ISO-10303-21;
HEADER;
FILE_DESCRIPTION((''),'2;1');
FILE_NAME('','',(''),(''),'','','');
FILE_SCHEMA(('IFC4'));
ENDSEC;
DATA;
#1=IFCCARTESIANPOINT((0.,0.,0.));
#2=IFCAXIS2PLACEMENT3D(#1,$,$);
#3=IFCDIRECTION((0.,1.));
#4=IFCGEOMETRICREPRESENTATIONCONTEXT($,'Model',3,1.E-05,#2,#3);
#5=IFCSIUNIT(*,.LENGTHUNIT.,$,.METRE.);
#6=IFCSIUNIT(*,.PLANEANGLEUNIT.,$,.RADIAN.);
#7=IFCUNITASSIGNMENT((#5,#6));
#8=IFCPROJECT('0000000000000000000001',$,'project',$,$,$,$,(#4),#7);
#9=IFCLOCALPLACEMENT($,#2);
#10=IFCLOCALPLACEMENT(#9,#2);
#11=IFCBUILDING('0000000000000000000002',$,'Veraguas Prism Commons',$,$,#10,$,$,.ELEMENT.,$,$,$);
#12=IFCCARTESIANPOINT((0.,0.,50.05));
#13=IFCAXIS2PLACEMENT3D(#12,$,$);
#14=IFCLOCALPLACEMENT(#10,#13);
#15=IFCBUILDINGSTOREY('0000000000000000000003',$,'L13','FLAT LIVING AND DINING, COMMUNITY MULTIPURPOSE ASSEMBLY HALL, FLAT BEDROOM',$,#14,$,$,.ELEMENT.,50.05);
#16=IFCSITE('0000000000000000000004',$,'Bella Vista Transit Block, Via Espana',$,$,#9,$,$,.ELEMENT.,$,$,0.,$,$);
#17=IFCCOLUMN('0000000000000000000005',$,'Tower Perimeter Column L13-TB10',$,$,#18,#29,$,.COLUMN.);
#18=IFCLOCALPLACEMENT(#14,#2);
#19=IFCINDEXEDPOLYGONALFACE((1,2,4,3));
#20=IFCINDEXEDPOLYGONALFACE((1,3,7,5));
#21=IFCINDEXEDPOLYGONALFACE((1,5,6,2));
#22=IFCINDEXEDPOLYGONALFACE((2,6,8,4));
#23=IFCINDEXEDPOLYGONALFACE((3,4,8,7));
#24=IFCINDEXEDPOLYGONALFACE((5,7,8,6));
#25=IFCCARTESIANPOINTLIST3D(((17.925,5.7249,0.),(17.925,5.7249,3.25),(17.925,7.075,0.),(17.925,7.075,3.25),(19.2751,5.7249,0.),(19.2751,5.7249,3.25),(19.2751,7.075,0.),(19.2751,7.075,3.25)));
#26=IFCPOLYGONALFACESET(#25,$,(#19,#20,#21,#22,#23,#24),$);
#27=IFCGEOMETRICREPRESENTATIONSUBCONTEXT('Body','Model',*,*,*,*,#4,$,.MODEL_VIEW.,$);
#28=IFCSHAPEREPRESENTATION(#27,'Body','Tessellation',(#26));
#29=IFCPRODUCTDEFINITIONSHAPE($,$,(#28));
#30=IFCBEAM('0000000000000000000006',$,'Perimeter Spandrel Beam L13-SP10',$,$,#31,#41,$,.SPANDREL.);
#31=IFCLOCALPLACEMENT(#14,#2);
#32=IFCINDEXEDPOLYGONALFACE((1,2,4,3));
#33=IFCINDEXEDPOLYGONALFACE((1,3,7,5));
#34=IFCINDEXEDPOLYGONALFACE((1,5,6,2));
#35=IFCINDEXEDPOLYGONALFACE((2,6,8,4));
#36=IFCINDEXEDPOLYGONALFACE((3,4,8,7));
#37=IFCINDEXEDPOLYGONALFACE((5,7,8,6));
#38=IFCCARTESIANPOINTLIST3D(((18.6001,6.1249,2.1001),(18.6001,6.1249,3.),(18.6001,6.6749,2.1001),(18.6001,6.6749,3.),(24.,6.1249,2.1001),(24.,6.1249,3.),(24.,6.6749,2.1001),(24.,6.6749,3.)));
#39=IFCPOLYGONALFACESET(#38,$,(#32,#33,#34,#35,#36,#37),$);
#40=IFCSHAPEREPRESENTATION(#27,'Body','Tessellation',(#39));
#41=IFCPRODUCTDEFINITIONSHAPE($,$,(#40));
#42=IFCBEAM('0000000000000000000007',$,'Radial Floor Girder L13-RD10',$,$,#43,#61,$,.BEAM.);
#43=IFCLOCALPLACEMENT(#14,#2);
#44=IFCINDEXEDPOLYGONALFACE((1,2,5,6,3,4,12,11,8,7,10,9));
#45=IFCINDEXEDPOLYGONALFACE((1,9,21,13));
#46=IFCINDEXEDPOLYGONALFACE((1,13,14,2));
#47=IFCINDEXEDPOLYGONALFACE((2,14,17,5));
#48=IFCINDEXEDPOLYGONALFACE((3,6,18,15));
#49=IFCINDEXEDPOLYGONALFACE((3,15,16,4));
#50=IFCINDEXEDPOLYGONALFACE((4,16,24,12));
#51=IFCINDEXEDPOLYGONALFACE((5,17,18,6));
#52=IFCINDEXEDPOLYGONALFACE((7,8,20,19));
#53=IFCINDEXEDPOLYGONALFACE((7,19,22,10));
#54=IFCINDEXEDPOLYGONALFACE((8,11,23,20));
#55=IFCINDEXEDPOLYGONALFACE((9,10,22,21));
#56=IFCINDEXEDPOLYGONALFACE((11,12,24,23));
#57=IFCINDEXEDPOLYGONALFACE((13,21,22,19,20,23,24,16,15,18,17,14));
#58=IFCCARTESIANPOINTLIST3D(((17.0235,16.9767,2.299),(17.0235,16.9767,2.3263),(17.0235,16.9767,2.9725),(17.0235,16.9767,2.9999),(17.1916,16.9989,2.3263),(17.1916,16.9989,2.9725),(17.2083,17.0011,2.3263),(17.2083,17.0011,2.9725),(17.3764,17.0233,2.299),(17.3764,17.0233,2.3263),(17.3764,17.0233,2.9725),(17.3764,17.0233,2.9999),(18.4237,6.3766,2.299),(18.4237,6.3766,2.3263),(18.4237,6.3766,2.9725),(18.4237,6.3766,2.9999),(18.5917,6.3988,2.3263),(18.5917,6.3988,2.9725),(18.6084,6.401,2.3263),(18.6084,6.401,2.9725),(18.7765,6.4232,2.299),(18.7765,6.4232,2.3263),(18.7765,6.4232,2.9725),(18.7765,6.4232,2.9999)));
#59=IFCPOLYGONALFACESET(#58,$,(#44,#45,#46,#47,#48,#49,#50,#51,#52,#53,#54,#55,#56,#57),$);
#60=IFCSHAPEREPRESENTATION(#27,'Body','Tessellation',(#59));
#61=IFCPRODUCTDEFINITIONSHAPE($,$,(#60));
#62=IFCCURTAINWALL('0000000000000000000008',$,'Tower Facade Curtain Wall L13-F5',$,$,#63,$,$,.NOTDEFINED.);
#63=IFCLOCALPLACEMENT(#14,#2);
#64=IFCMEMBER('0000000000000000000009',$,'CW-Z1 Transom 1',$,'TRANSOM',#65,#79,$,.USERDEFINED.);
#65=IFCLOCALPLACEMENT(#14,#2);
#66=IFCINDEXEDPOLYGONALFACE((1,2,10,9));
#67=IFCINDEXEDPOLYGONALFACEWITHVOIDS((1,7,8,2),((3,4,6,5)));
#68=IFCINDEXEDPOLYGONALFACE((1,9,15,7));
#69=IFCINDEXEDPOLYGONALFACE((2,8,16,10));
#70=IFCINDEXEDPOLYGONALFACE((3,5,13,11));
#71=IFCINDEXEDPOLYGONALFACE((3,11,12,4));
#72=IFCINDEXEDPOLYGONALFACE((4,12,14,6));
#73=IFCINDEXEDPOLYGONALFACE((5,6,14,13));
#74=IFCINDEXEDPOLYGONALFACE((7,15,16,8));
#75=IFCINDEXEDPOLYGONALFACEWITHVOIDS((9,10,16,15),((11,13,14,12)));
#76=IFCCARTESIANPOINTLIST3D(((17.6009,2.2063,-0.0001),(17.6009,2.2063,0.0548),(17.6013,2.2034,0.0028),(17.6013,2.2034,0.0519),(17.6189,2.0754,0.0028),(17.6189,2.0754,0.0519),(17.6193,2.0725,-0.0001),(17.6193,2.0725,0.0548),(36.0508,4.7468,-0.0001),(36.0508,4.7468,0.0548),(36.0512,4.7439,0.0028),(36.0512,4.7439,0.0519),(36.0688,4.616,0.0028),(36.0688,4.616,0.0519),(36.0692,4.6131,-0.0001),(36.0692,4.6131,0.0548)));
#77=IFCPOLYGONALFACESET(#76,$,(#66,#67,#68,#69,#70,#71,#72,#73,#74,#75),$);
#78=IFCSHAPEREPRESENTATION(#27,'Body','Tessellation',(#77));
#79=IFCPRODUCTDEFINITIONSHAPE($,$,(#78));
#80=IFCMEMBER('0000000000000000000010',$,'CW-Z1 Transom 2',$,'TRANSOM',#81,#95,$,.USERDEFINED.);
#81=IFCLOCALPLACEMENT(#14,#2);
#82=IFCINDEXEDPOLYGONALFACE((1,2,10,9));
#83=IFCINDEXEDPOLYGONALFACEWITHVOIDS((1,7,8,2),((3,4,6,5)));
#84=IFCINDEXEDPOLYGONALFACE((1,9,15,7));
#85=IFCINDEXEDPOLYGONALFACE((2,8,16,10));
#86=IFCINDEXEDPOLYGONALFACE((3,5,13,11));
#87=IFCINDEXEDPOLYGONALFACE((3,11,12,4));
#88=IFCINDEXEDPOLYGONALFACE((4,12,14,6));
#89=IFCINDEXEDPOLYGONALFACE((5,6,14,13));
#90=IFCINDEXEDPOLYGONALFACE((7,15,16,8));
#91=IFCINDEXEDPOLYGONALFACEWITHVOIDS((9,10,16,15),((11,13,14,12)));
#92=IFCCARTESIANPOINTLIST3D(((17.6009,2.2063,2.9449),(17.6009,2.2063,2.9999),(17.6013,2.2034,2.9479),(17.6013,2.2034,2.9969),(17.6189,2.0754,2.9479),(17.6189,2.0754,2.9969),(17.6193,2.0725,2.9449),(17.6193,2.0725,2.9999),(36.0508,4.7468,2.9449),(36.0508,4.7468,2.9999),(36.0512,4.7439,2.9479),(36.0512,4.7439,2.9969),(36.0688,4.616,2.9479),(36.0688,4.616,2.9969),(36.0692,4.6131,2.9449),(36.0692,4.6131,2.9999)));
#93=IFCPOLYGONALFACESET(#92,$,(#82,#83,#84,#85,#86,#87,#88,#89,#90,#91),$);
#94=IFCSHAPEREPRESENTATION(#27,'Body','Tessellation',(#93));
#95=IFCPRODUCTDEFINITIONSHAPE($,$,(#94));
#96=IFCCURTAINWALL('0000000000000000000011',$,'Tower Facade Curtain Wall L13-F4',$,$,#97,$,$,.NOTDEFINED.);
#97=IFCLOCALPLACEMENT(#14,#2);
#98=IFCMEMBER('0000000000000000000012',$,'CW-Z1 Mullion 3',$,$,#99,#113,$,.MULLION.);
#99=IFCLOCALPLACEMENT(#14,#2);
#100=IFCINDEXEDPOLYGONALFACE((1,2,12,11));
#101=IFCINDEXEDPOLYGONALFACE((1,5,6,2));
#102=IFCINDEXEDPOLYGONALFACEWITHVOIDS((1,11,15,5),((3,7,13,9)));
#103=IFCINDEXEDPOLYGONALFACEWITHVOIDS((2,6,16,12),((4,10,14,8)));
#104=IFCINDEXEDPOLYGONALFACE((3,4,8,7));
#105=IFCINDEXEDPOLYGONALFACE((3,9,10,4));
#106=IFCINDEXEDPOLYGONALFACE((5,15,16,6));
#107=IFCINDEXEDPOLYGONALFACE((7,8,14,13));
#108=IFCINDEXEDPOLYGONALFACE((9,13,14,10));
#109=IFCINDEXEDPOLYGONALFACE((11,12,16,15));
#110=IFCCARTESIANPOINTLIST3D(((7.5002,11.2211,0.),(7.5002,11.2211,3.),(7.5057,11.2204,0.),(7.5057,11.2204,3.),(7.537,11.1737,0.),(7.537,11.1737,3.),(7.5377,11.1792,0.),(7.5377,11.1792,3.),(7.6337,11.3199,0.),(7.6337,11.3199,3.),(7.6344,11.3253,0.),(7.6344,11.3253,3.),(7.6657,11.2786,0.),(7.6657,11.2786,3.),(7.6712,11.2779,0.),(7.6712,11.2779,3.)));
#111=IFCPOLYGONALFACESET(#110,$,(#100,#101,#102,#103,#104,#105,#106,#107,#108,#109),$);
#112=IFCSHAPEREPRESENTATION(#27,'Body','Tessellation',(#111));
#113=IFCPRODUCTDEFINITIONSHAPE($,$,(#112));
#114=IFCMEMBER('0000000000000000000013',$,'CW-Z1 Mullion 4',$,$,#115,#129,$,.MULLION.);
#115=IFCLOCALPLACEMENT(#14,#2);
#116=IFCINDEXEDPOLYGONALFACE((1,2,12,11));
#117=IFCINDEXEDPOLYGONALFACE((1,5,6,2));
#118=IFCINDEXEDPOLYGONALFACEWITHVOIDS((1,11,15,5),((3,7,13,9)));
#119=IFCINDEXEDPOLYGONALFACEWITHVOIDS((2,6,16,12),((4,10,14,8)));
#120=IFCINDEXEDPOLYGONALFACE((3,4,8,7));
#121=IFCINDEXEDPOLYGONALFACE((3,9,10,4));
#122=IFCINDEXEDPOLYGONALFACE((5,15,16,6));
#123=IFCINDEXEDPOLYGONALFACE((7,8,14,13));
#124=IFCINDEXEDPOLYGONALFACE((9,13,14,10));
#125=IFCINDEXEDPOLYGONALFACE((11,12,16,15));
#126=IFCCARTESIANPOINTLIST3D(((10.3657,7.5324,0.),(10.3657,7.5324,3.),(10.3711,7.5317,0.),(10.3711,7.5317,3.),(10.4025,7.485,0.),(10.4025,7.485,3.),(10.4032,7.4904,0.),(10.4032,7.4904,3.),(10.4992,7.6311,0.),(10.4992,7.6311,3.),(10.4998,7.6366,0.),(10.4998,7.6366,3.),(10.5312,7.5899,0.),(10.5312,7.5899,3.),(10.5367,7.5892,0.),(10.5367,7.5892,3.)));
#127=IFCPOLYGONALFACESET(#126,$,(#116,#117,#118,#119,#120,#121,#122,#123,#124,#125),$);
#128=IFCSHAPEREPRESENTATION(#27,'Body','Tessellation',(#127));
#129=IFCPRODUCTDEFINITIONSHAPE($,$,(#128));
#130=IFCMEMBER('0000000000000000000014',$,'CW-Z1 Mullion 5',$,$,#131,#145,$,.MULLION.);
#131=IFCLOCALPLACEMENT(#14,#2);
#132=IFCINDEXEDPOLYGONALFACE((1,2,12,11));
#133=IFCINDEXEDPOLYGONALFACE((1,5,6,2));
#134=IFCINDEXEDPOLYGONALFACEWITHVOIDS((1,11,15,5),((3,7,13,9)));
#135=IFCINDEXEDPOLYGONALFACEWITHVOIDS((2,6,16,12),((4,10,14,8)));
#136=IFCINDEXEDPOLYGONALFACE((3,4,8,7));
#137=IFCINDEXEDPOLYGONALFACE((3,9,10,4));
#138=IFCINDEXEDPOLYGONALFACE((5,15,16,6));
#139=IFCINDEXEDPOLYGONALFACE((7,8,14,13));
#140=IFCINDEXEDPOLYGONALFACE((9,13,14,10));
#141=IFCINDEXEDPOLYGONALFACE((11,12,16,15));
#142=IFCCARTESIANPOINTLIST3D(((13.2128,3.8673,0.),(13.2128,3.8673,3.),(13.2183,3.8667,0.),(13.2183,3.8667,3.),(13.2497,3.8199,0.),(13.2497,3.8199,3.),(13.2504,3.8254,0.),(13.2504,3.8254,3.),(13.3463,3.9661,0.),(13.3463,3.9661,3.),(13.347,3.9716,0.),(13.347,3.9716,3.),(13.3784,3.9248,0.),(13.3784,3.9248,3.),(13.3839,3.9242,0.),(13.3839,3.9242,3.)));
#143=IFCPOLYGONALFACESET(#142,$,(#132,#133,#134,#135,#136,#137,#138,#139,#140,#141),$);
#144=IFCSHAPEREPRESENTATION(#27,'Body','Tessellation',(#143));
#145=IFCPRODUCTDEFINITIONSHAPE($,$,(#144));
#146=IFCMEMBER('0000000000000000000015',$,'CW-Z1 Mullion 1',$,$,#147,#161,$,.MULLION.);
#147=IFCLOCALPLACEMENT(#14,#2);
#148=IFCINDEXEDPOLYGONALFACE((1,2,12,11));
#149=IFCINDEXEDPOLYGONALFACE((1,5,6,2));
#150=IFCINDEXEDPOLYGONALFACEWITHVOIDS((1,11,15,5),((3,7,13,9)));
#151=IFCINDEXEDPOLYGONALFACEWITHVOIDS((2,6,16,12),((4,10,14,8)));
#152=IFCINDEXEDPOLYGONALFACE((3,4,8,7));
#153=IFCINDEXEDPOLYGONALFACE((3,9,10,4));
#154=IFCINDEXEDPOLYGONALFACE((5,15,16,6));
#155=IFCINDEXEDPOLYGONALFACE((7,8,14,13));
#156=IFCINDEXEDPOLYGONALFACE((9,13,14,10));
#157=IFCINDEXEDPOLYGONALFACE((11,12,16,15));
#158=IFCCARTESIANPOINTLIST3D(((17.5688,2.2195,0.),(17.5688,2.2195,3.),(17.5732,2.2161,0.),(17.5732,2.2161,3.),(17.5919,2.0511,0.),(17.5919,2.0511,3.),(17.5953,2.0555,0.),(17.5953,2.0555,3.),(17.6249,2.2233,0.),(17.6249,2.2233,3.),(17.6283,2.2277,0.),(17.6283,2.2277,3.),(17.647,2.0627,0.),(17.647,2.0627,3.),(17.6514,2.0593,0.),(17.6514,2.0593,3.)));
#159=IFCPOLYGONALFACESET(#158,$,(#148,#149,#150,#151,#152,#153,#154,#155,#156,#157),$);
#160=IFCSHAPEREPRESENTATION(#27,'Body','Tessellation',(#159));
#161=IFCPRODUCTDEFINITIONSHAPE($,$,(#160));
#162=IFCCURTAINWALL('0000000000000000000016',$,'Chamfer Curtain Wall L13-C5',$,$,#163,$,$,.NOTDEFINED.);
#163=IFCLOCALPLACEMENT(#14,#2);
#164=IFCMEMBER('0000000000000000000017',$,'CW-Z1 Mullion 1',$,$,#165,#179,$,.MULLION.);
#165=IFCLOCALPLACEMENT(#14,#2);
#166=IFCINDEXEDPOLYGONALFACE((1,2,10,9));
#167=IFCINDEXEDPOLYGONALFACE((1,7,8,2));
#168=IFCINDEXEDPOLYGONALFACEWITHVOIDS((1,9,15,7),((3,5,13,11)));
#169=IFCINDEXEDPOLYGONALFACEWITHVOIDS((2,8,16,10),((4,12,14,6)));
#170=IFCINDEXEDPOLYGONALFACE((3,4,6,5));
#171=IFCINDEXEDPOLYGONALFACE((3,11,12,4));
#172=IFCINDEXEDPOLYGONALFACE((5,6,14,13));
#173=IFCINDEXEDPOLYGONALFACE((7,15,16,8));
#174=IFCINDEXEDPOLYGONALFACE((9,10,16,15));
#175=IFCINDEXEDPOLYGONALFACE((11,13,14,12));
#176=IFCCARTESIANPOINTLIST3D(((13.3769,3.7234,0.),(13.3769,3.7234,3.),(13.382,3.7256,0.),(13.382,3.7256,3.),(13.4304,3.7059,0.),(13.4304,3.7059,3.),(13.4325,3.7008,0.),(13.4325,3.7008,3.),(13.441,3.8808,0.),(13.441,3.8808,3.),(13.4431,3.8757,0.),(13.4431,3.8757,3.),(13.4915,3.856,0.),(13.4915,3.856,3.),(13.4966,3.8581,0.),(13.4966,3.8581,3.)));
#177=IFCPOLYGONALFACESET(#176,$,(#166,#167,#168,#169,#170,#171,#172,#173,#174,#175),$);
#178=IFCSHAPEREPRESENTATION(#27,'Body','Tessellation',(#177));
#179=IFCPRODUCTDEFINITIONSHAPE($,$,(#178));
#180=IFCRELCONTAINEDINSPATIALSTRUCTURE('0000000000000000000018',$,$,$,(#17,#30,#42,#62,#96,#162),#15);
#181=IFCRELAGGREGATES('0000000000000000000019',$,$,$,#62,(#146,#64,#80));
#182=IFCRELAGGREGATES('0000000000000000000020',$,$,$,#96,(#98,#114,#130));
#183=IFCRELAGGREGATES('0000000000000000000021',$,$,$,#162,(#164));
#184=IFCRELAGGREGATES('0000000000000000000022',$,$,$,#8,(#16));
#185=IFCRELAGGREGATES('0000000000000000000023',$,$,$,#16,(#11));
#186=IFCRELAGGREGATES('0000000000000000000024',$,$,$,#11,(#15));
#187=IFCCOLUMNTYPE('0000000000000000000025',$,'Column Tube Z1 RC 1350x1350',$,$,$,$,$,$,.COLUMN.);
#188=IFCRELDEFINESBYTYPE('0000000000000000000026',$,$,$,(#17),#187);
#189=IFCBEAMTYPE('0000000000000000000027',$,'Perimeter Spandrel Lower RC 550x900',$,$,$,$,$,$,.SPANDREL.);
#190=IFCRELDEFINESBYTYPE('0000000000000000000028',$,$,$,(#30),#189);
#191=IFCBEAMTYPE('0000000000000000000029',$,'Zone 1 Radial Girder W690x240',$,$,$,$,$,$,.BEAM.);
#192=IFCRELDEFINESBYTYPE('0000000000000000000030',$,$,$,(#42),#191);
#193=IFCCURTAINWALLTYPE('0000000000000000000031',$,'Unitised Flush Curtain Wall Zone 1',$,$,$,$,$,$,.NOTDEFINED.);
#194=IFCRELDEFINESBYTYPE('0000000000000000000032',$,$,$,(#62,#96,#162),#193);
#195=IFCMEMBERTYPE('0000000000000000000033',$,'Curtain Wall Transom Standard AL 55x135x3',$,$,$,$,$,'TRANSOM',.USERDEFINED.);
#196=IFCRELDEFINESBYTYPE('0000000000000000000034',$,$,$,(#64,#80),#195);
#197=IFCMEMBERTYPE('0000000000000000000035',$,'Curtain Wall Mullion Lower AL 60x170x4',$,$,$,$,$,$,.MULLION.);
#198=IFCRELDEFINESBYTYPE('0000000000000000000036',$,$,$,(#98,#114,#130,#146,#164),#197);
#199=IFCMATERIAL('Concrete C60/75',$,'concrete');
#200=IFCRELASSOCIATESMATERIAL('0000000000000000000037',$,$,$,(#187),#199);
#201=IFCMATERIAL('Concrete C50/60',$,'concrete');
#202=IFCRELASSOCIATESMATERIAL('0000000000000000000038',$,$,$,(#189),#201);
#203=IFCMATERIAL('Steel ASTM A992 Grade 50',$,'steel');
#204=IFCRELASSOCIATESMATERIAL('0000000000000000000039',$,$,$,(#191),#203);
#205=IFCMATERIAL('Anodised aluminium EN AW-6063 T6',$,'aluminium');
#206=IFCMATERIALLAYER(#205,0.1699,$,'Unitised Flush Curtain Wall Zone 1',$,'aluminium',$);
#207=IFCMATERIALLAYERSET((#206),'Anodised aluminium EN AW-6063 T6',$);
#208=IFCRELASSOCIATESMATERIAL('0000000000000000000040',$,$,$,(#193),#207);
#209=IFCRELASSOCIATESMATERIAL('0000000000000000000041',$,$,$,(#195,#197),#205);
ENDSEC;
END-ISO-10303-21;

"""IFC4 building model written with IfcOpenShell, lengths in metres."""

from ifc_helpers import new_model, si_unit, direction, frame, origin, origin_2d, place, context, subcontext, project, spatial, rectangle, hollow_rectangle, i_section, extrude, source, transform, mapped, material, layer, layer_set, material_profile, profile_set, type_object, element, aggregate, save


model = new_model("IFC4")

# Units and contexts
model_context = context("Model", 3, precision=1e-05, world=origin(), true_north=direction((0.0, 1.0)))
body_context = subcontext(model_context, "Body", "Model", "MODEL_VIEW")
ifc_project = project(units=[si_unit("LENGTHUNIT", "METRE"), si_unit("PLANEANGLEUNIT", "RADIAN")], contexts=[model_context])

# Site, building, storey
site_placement = place(None, origin())
site = spatial("IfcSite", under=ifc_project, at=site_placement, Name="Bella Vista Transit Block, Via Espana", CompositionType="ELEMENT", RefElevation=0.0)
building_placement = place(site_placement, origin())
building = spatial("IfcBuilding", under=site, at=building_placement, Name="Veraguas Prism Commons", CompositionType="ELEMENT")
storey_placement = place(building_placement, frame((0.0, 0.0, 50.05)))
storey = spatial("IfcBuildingStorey", under=building, at=storey_placement, Name="L13", Description="FLAT LIVING AND DINING, COMMUNITY MULTIPURPOSE ASSEMBLY HALL, FLAT BEDROOM", CompositionType="ELEMENT", Elevation=50.05)

# Column
ifc_material_1 = material(Name="Concrete C60/75", Category="concrete")
ifc_material_profile_1 = material_profile(ifc_material_1, rectangle(XDim=1.3501, YDim=1.3501, at=origin_2d()), Name="RC1350X1350")
ifc_profile_set_1 = profile_set([ifc_material_profile_1], Name="Concrete C60/75")
column_type = type_object("IfcColumnType", Name="Column Tube Z1 RC 1350x1350", PredefinedType="COLUMN", material=ifc_profile_set_1)
column_placement = place(storey_placement, frame((18.6001, 6.3999, 0.0), z_axis=(0.0, 0.0, 1.0), x_axis=(1.0, 0.0, 0.0)))
element("IfcColumn", 1, at=column_placement, inside=storey, type_object=column_type, Name="Tower Perimeter Column L13-TB10", PredefinedType="COLUMN", context=body_context, shape_type="SweptSolid", body=[
    extrude(rectangle(XDim=1.3501, YDim=1.3501, at=origin_2d()), origin(), (0.0, 0.0, 1.0), 3.25),
])

# Beams
ifc_material_2 = material(Name="Concrete C50/60", Category="concrete")
ifc_material_profile_2 = material_profile(ifc_material_2, rectangle(XDim=0.55, YDim=0.8999, at=origin_2d()), Name="RC550X900")
ifc_profile_set_2 = profile_set([ifc_material_profile_2], Name="Concrete C50/60")
beam_type_1 = type_object("IfcBeamType", Name="Perimeter Spandrel Lower RC 550x900", PredefinedType="SPANDREL", material=ifc_profile_set_2)
beam_1_placement = place(storey_placement, frame((18.6001, 6.3999, 2.55), z_axis=(1.0, 0.0, 0.0), x_axis=(0.0, 1.0, 0.0)))
element("IfcBeam", 2, at=beam_1_placement, inside=storey, type_object=beam_type_1, Name="Perimeter Spandrel Beam L13-SP10", PredefinedType="SPANDREL", context=body_context, shape_type="SweptSolid", body=[
    extrude(rectangle(XDim=0.55, YDim=0.8999, at=origin_2d()), origin(), (0.0, 0.0, 1.0), 5.3999),
])
ifc_material_3 = material(Name="Steel ASTM A992 Grade 50", Category="steel")
ifc_material_profile_3 = material_profile(ifc_material_3, i_section(OverallWidth=0.356, OverallDepth=0.7009, WebThickness=0.0168, FlangeThickness=0.0273, at=origin_2d()), Name="W690X240")
ifc_profile_set_3 = profile_set([ifc_material_profile_3], Name="Steel ASTM A992 Grade 50")
beam_type_2 = type_object("IfcBeamType", Name="Zone 1 Radial Girder W690x240", PredefinedType="BEAM", material=ifc_profile_set_3)
beam_2_placement = place(storey_placement, frame((18.6001, 6.3999, 2.6494), z_axis=(-0.130951, 0.991389, 0.0), x_axis=(-0.991389, -0.130951, 0.0)))
element("IfcBeam", 3, at=beam_2_placement, inside=storey, type_object=beam_type_2, Name="Radial Floor Girder L13-RD10", PredefinedType="BEAM", context=body_context, shape_type="SweptSolid", body=[
    extrude(i_section(OverallWidth=0.356, OverallDepth=0.7009, WebThickness=0.0168, FlangeThickness=0.0273, at=origin_2d()), origin(), (0.0, 0.0, 1.0), 10.6921),
])

# Curtain walls, members
ifc_material_4 = material(Name="Anodised aluminium EN AW-6063 T6", Category="aluminium")
ifc_layer_1 = layer(ifc_material_4, 0.1699, Name="Unitised Flush Curtain Wall Zone 1", Category="aluminium")
ifc_layer_set_1 = layer_set([ifc_layer_1], Name="Anodised aluminium EN AW-6063 T6")
curtain_wall_type = type_object("IfcCurtainWallType", Name="Unitised Flush Curtain Wall Zone 1", PredefinedType="NOTDEFINED", material=ifc_layer_set_1)
curtain_wall_1_placement = place(storey_placement, origin())
curtain_wall_1 = element("IfcCurtainWall", 4, at=curtain_wall_1_placement, inside=storey, type_object=curtain_wall_type, Name="Tower Facade Curtain Wall L13-F5", PredefinedType="NOTDEFINED")
ifc_material_profile_4 = material_profile(ifc_material_4, hollow_rectangle(XDim=0.0549, YDim=0.135, WallThickness=0.0029, at=origin_2d()), Name="AL55X135X3")
ifc_profile_set_4 = profile_set([ifc_material_profile_4], Name="Anodised aluminium EN AW-6063 T6")
member_type_1 = type_object("IfcMemberType", Name="Curtain Wall Transom Standard AL 55x135x3", ElementType="TRANSOM", PredefinedType="USERDEFINED", material=ifc_profile_set_4)
shared_shape_1 = source(origin(), body_context, "Body", "SweptSolid", [
    extrude(hollow_rectangle(XDim=0.0549, YDim=0.135, WallThickness=0.0029, at=origin_2d()), origin(), (0.0, 0.0, 1.0), 18.624),
])
member_1_placement = place(storey_placement, frame((17.6101, 2.1394, 0.0273), z_axis=(0.990652, 0.136411, 0.0), x_axis=(0.0, 0.0, 1.0)))
member_1 = element("IfcMember", 5, at=member_1_placement, type_object=member_type_1, Name="CW-Z1 Transom 1", ObjectType="TRANSOM", PredefinedType="USERDEFINED", context=body_context, shape_type="MappedRepresentation", body=[
    mapped(shared_shape_1, transform((0.0, 0.0, 0.0), scale=1.0)),
])
member_2_placement = place(storey_placement, frame((17.6101, 2.1394, 2.9724), z_axis=(0.990652, 0.136411, 0.0), x_axis=(0.0, 0.0, 1.0)))
member_2 = element("IfcMember", 6, at=member_2_placement, type_object=member_type_1, Name="CW-Z1 Transom 2", ObjectType="TRANSOM", PredefinedType="USERDEFINED", context=body_context, shape_type="MappedRepresentation", body=[
    mapped(shared_shape_1, transform((0.0, 0.0, 0.0), scale=1.0)),
])
curtain_wall_2_placement = place(storey_placement, origin())
curtain_wall_2 = element("IfcCurtainWall", 7, at=curtain_wall_2_placement, inside=storey, type_object=curtain_wall_type, Name="Tower Facade Curtain Wall L13-F4", PredefinedType="NOTDEFINED")
ifc_material_profile_5 = material_profile(ifc_material_4, hollow_rectangle(XDim=0.0601, YDim=0.1699, WallThickness=0.0039, at=origin_2d()), Name="AL60X170X4")
ifc_profile_set_5 = profile_set([ifc_material_profile_5], Name="Anodised aluminium EN AW-6063 T6")
member_type_2 = type_object("IfcMemberType", Name="Curtain Wall Mullion Lower AL 60x170x4", PredefinedType="MULLION", material=ifc_profile_set_5)
shared_shape_2 = source(origin(), body_context, "Body", "SweptSolid", [
    extrude(hollow_rectangle(XDim=0.0601, YDim=0.1699, WallThickness=0.0039, at=origin_2d()), origin(), (0.0, 0.0, 1.0), 3.0),
])
member_3_placement = place(storey_placement, frame((7.5857, 11.2495, 0.0), z_axis=(0.0, 0.0, 1.0), x_axis=(0.613461, -0.789725, 0.0)))
member_3 = element("IfcMember", 8, at=member_3_placement, type_object=member_type_2, Name="CW-Z1 Mullion 3", PredefinedType="MULLION", context=body_context, shape_type="MappedRepresentation", body=[
    mapped(shared_shape_2, transform((0.0, 0.0, 0.0), scale=1.0)),
])
member_4_placement = place(storey_placement, frame((10.4512, 7.5608, 0.0), z_axis=(0.0, 0.0, 1.0), x_axis=(0.613461, -0.789725, 0.0)))
member_4 = element("IfcMember", 9, at=member_4_placement, type_object=member_type_2, Name="CW-Z1 Mullion 4", PredefinedType="MULLION", context=body_context, shape_type="MappedRepresentation", body=[
    mapped(shared_shape_2, transform((0.0, 0.0, 0.0), scale=1.0)),
])
member_5_placement = place(storey_placement, frame((13.2983, 3.8958, 0.0), z_axis=(0.0, 0.0, 1.0), x_axis=(0.613461, -0.789725, 0.0)))
member_5 = element("IfcMember", 10, at=member_5_placement, type_object=member_type_2, Name="CW-Z1 Mullion 5", PredefinedType="MULLION", context=body_context, shape_type="MappedRepresentation", body=[
    mapped(shared_shape_2, transform((0.0, 0.0, 0.0), scale=1.0)),
])

# Member
member_6_placement = place(storey_placement, frame((17.6101, 2.1394, 0.0), z_axis=(0.0, 0.0, 1.0), x_axis=(0.990653, 0.136405, 0.0)))
member_6 = element("IfcMember", 11, at=member_6_placement, type_object=member_type_2, Name="CW-Z1 Mullion 1", PredefinedType="MULLION", context=body_context, shape_type="MappedRepresentation", body=[
    mapped(shared_shape_2, transform((0.0, 0.0, 0.0), scale=1.0)),
])

# Curtain wall, member
curtain_wall_3_placement = place(storey_placement, origin())
curtain_wall_3 = element("IfcCurtainWall", 12, at=curtain_wall_3_placement, inside=storey, type_object=curtain_wall_type, Name="Chamfer Curtain Wall L13-C5", PredefinedType="NOTDEFINED")
member_7_placement = place(storey_placement, frame((13.4368, 3.7908, 0.0), z_axis=(0.0, 0.0, 1.0), x_axis=(0.926125, -0.377217, 0.0)))
member_7 = element("IfcMember", 13, at=member_7_placement, type_object=member_type_2, Name="CW-Z1 Mullion 1", PredefinedType="MULLION", context=body_context, shape_type="MappedRepresentation", body=[
    mapped(shared_shape_2, transform((0.0, 0.0, 0.0), scale=1.0)),
])

aggregate(curtain_wall_1, [member_6, member_1, member_2])
aggregate(curtain_wall_2, [member_3, member_4, member_5])
aggregate(curtain_wall_3, [member_7])

save(model, "model.ifc")
